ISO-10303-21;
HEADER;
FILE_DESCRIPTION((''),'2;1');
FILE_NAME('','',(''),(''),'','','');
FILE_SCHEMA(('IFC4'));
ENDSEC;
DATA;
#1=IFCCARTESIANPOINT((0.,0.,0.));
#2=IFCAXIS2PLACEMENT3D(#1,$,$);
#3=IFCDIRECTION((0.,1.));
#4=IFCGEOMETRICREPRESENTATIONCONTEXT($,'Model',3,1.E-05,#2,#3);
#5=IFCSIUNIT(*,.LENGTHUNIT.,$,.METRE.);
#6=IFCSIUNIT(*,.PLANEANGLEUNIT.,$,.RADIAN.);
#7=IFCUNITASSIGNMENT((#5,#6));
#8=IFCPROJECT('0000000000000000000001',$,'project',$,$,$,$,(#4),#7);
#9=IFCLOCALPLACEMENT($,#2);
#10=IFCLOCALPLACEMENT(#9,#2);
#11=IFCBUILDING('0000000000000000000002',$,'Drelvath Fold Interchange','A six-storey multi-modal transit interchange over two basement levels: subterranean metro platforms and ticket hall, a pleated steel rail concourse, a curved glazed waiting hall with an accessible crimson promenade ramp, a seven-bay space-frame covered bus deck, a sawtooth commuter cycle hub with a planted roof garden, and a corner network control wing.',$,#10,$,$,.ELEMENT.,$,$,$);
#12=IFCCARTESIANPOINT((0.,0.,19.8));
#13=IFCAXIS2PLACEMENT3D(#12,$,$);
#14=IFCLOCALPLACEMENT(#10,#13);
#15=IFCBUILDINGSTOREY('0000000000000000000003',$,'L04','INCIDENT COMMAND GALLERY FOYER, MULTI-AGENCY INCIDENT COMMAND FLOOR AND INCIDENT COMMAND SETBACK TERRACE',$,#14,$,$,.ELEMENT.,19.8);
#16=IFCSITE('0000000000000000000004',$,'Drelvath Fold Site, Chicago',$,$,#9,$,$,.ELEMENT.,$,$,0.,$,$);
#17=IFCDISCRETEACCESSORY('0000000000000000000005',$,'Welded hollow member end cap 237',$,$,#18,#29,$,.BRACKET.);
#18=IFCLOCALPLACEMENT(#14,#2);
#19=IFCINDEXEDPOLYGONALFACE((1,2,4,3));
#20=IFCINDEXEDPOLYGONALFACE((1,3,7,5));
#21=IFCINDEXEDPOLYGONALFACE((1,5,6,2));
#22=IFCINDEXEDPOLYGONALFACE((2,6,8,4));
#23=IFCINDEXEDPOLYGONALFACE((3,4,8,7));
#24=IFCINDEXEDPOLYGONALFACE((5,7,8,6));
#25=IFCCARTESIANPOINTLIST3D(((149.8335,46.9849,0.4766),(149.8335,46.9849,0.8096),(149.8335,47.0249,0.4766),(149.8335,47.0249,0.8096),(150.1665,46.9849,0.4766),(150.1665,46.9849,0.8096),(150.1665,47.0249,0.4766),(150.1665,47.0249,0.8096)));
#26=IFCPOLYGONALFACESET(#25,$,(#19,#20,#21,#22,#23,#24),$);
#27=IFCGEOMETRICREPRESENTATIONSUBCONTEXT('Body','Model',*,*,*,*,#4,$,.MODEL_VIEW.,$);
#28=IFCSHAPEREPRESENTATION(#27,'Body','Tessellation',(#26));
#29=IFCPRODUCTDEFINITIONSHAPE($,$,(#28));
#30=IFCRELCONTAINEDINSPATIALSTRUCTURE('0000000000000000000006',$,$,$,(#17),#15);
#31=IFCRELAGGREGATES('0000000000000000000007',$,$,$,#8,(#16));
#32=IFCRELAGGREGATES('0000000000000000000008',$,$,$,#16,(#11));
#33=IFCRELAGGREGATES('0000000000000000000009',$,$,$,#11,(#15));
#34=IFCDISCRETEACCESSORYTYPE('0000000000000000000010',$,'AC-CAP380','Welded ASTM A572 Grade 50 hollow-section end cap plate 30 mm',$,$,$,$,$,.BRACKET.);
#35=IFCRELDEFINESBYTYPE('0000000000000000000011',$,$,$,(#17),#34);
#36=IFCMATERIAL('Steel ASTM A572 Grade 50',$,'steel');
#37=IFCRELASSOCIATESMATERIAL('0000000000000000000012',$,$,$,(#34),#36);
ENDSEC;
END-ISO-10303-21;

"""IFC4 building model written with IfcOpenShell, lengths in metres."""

from ifc_helpers import new_model, si_unit, direction, frame, origin, origin_2d, place, context, subcontext, project, spatial, rectangle, extrude, material, type_object, element, save


model = new_model("IFC4")

# Units and contexts
model_context = context("Model", 3, precision=1e-05, world=origin(), true_north=direction((0.0, 1.0)))
body_context = subcontext(model_context, "Body", "Model", "MODEL_VIEW")
ifc_project = project(units=[si_unit("LENGTHUNIT", "METRE"), si_unit("PLANEANGLEUNIT", "RADIAN")], contexts=[model_context])

# Site, building, storey
site_placement = place(None, origin())
site = spatial("IfcSite", under=ifc_project, at=site_placement, Name="Drelvath Fold Site, Chicago", CompositionType="ELEMENT", RefElevation=0.0)
building_placement = place(site_placement, origin())
building = spatial("IfcBuilding", under=site, at=building_placement, Name="Drelvath Fold Interchange", Description="A six-storey multi-modal transit interchange over two basement levels: subterranean metro platforms and ticket hall, a pleated steel rail concourse, a curved glazed waiting hall with an accessible crimson promenade ramp, a seven-bay space-frame covered bus deck, a sawtooth commuter cycle hub with a planted roof garden, and a corner network control wing.", CompositionType="ELEMENT")
storey_placement = place(building_placement, frame((0.0, 0.0, 19.8)))
storey = spatial("IfcBuildingStorey", under=building, at=storey_placement, Name="L04", Description="INCIDENT COMMAND GALLERY FOYER, MULTI-AGENCY INCIDENT COMMAND FLOOR AND INCIDENT COMMAND SETBACK TERRACE", CompositionType="ELEMENT", Elevation=19.8)

# Discrete accessory
ifc_material_1 = material(Name="Steel ASTM A572 Grade 50", Category="steel")
discrete_accessory_type = type_object("IfcDiscreteAccessoryType", Name="AC-CAP380", Description="Welded ASTM A572 Grade 50 hollow-section end cap plate 30 mm", PredefinedType="BRACKET", material=ifc_material_1)
discrete_accessory_1_placement = place(storey_placement, frame((150.0, 47.0049, 0.4766), z_axis=(0.0, 0.0, 1.0), x_axis=(1.0, 0.0, 0.0)))
element("IfcDiscreteAccessory", 1, at=discrete_accessory_1_placement, inside=storey, type_object=discrete_accessory_type, Name="Welded hollow member end cap 237", PredefinedType="BRACKET", context=body_context, shape_type="SweptSolid", body=[
    extrude(rectangle(XDim=0.333, YDim=0.04, at=origin_2d()), origin(), (0.0, 0.0, 1.0), 0.333),
])

save(model, "model.ifc")
